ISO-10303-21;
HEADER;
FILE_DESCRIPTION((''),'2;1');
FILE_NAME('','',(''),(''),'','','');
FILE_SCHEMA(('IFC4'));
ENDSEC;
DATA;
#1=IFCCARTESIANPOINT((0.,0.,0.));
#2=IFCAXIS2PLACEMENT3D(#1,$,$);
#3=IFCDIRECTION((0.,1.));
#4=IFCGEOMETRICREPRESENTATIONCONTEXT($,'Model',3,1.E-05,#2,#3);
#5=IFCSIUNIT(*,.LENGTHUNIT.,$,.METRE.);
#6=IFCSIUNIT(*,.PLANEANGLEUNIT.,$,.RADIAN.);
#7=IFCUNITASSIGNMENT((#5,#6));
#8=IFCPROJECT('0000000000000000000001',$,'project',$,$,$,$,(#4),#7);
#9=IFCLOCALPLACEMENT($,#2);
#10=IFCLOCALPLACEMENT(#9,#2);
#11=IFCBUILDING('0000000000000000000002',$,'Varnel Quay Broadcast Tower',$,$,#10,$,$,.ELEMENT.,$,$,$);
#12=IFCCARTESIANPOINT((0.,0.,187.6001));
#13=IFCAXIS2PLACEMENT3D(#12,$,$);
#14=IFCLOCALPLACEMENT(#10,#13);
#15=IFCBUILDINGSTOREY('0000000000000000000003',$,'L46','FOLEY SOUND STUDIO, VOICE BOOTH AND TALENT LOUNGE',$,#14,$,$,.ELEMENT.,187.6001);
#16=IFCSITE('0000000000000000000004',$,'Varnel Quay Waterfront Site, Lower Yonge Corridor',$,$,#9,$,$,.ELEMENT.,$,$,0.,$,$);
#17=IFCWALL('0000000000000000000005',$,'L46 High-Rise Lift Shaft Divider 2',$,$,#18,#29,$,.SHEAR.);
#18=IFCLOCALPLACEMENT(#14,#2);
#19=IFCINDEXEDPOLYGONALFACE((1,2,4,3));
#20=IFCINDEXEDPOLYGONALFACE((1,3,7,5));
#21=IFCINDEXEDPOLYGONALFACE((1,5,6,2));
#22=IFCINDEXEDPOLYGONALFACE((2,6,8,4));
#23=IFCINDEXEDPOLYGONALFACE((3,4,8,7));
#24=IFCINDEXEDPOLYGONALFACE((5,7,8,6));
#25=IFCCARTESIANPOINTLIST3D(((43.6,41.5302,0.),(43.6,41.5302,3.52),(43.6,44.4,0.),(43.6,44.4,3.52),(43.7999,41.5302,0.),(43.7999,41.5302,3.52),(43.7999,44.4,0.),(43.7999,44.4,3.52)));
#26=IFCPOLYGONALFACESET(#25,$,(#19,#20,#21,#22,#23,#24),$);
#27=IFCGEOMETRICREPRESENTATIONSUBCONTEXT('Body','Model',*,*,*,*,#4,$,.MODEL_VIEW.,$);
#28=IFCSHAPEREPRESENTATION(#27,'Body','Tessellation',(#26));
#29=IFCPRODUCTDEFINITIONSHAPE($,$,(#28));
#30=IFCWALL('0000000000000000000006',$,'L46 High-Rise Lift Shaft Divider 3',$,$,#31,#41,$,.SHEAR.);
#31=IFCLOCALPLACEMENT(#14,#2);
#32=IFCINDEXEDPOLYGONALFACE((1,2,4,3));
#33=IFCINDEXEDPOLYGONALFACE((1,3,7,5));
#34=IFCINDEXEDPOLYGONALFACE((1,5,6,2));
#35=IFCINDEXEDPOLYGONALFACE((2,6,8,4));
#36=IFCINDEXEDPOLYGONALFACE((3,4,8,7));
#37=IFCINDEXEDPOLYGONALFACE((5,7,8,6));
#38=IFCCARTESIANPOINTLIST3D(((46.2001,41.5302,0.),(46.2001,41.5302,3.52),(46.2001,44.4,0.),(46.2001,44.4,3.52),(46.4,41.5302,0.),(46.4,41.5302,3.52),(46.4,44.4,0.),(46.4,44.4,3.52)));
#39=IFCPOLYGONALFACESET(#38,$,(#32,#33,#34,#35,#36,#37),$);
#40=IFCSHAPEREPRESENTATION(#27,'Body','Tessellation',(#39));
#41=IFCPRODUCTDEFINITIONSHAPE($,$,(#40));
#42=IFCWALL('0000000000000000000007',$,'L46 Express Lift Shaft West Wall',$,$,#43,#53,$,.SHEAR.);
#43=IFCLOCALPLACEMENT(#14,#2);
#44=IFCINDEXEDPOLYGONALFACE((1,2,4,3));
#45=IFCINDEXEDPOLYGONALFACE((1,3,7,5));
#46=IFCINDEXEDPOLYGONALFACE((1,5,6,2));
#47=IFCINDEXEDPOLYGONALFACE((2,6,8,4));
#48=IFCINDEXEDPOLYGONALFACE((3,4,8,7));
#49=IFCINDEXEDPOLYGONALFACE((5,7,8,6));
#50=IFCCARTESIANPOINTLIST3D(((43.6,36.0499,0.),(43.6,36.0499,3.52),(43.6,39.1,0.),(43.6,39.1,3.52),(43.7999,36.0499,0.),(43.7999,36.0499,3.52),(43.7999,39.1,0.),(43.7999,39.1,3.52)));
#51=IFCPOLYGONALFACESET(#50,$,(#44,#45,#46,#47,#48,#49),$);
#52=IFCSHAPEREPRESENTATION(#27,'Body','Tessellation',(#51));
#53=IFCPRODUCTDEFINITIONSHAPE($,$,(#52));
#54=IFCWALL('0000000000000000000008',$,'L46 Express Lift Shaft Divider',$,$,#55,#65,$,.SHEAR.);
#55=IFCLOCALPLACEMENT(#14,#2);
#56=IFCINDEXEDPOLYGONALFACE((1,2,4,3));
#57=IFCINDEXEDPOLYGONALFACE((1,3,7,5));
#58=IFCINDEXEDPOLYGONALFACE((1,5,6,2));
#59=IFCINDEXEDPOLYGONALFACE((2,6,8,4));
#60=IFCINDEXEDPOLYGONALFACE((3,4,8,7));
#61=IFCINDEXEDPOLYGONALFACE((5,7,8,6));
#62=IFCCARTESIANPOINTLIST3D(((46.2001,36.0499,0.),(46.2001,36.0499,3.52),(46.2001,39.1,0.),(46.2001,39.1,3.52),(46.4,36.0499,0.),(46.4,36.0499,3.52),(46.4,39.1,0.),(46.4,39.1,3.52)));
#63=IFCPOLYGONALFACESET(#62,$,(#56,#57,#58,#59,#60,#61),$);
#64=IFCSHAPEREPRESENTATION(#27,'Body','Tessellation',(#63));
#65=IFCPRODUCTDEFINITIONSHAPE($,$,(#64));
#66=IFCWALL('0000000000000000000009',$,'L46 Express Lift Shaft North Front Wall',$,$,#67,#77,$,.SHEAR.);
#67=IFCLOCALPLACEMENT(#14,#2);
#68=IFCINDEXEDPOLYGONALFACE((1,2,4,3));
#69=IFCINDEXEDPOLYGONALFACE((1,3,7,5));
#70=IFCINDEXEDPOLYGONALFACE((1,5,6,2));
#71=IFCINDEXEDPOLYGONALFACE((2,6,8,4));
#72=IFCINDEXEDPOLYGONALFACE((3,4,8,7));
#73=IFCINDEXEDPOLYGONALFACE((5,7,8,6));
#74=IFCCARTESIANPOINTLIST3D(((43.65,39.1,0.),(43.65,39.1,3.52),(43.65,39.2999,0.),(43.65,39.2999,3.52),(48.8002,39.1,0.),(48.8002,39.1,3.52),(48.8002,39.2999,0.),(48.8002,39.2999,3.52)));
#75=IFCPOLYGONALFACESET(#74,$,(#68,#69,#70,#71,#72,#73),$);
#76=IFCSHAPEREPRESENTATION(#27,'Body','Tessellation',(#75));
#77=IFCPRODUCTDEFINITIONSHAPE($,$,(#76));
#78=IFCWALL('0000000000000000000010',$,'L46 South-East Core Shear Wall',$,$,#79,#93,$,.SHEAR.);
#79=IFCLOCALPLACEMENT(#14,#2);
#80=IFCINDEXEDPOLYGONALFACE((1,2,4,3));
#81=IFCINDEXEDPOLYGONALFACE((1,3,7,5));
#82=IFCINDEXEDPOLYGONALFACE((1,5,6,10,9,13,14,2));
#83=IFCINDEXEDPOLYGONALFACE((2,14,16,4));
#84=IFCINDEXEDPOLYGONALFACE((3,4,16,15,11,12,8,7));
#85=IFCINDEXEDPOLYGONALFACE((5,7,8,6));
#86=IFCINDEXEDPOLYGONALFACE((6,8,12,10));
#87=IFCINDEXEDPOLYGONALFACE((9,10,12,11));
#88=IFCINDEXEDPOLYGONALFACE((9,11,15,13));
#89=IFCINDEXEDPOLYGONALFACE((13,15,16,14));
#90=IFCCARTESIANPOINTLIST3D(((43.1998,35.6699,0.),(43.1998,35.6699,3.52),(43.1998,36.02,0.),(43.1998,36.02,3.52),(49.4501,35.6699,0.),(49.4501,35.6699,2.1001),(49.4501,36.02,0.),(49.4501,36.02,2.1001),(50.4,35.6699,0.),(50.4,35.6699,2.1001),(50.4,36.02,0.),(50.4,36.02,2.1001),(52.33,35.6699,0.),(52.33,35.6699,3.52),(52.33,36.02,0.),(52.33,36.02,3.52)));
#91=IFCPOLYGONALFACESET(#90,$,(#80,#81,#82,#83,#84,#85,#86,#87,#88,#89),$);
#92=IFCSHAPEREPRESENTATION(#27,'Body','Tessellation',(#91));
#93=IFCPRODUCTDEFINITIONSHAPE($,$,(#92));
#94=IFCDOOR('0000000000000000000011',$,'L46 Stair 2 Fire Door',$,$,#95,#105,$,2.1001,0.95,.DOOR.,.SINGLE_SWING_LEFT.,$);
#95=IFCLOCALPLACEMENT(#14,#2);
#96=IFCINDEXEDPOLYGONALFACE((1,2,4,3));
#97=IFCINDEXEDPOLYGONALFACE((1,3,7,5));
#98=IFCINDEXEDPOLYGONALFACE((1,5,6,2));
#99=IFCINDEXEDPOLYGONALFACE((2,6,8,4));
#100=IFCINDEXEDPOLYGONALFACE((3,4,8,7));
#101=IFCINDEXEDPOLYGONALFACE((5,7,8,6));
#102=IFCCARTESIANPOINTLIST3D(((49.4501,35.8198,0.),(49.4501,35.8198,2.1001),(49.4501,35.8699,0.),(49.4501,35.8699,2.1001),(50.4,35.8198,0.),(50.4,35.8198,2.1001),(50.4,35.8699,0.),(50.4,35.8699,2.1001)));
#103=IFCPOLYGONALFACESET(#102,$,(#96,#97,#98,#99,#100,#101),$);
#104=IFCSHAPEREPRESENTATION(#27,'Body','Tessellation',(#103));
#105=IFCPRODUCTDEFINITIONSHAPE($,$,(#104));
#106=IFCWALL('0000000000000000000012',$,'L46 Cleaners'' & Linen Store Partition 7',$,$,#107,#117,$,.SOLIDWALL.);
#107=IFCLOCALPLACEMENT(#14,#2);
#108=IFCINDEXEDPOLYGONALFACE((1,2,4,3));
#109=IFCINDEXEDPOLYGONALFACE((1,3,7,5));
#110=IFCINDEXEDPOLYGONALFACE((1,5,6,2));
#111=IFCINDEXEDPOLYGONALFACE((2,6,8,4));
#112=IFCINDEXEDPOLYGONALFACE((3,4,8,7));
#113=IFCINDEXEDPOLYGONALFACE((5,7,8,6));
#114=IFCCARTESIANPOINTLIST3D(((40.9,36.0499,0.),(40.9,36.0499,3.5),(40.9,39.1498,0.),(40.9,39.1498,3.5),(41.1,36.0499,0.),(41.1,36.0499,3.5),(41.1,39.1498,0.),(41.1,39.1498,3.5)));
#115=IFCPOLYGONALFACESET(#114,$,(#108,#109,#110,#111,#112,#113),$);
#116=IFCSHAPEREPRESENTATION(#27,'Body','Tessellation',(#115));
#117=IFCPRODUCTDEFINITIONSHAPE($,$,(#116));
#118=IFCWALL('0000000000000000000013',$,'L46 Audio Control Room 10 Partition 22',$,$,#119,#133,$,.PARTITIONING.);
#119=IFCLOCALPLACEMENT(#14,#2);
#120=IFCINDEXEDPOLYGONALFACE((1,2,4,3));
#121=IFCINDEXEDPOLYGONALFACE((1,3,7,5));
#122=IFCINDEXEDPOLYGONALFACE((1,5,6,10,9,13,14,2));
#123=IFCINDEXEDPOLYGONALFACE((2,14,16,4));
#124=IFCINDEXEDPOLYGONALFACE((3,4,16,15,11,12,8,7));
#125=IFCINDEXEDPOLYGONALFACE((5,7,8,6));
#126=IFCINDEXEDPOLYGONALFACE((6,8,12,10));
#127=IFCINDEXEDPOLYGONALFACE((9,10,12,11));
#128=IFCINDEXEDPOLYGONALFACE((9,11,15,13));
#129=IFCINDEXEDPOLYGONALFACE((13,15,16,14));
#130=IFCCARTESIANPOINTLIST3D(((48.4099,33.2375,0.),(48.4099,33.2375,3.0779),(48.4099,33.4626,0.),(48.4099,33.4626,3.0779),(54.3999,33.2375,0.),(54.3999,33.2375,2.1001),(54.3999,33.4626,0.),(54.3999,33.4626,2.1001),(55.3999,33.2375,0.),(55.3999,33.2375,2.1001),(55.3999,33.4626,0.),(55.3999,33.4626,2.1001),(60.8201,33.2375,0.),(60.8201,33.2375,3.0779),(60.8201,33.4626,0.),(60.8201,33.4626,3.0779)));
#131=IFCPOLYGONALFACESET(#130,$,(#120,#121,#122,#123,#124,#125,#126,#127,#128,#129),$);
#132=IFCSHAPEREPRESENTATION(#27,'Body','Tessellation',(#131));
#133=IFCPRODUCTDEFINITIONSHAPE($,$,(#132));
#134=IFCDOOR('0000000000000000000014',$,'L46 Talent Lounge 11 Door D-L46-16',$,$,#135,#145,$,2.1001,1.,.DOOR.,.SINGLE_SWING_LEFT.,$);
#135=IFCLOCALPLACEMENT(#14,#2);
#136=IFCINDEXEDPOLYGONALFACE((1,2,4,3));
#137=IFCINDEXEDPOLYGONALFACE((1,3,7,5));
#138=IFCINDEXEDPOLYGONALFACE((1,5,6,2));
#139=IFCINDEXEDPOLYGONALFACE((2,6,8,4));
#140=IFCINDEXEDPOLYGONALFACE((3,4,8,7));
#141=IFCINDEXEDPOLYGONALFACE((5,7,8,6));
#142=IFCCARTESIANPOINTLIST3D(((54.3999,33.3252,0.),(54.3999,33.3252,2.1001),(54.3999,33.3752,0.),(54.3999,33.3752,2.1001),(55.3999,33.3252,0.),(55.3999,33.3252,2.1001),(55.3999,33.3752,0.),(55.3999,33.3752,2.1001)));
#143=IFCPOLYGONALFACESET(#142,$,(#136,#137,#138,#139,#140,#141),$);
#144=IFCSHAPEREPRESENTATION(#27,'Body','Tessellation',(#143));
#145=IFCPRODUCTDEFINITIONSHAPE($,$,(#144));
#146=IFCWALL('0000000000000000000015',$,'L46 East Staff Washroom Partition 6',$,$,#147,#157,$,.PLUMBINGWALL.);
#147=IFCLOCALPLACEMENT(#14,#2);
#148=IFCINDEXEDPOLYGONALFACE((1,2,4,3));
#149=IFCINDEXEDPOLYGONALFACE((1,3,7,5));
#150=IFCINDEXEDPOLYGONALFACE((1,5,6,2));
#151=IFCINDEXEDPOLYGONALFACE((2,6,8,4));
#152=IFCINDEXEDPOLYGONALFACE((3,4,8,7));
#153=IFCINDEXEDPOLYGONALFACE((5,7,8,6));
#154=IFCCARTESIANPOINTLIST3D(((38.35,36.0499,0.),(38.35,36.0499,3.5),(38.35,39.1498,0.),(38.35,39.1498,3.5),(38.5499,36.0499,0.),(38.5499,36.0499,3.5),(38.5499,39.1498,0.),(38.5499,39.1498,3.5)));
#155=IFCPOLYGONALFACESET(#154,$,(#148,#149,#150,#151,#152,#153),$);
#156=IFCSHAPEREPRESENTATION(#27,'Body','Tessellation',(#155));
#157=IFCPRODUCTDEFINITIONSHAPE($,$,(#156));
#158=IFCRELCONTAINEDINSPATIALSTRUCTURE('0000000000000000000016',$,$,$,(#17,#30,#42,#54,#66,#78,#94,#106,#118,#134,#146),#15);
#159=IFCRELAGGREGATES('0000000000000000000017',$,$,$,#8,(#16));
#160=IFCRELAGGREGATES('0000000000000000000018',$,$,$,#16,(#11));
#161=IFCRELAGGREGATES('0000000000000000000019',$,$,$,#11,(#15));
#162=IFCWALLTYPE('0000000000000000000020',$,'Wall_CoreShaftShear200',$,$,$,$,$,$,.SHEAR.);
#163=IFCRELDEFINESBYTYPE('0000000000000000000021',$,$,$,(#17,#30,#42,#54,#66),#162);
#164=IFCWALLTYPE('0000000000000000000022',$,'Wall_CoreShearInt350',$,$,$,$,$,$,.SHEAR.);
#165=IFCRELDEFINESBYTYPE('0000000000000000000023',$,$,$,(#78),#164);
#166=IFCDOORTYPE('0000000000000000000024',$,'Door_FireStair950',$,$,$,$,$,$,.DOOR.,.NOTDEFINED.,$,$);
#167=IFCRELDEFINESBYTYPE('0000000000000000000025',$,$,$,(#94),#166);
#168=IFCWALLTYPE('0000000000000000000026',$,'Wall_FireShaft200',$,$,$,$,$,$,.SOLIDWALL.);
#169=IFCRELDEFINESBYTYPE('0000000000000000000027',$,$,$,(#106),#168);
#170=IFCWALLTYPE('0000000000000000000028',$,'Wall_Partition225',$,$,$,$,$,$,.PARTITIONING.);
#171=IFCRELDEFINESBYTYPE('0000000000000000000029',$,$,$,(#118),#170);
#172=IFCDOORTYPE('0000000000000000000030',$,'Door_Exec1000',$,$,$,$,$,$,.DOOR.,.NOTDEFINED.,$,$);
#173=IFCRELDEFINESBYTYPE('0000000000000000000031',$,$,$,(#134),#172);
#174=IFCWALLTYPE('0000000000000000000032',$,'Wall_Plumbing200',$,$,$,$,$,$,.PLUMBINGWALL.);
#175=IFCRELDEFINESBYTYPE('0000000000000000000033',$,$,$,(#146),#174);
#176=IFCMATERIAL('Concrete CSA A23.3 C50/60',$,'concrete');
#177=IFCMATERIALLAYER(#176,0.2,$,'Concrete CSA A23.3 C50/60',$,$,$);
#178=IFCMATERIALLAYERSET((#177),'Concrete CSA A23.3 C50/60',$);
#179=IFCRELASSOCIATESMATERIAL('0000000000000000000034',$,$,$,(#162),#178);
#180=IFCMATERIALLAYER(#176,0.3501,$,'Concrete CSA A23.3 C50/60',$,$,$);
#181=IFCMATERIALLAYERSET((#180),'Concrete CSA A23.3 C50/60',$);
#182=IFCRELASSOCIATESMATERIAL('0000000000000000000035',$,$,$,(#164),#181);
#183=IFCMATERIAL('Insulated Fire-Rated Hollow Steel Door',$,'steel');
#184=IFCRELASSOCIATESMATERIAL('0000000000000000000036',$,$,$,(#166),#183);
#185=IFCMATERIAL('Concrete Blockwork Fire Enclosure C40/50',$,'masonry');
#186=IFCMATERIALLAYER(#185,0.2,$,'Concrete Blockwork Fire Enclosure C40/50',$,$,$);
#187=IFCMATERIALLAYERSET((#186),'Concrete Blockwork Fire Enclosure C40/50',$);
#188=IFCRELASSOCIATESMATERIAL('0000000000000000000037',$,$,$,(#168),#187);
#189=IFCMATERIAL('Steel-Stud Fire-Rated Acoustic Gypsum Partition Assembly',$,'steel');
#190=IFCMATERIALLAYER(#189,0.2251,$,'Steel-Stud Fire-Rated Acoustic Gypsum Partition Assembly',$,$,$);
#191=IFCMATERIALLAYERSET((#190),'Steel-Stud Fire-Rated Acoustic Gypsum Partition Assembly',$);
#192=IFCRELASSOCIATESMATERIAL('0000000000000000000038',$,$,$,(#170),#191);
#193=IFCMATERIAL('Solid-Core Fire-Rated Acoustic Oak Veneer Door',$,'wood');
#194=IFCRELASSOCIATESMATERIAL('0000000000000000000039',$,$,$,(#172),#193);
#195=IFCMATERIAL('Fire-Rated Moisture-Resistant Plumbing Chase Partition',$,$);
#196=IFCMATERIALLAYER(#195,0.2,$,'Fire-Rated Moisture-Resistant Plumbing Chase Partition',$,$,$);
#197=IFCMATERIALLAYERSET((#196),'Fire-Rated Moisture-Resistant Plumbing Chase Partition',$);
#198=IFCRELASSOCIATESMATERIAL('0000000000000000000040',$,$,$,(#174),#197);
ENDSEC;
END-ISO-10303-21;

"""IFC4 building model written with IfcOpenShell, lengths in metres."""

from ifc_helpers import new_model, si_unit, direction, frame, frame_2d, origin, place, context, subcontext, project, spatial, rectangle, extrude, source, transform, mapped, material, layer, layer_set, type_object, type_shapes, element, fill, save


model = new_model("IFC4")

# Units and contexts
model_context = context("Model", 3, precision=1e-05, world=origin(), true_north=direction((0.0, 1.0)))
body_context = subcontext(model_context, "Body", "Model", "MODEL_VIEW")
ifc_project = project(units=[si_unit("LENGTHUNIT", "METRE"), si_unit("PLANEANGLEUNIT", "RADIAN")], contexts=[model_context])

# Site, building, storey
site_placement = place(None, origin())
site = spatial("IfcSite", under=ifc_project, at=site_placement, Name="Varnel Quay Waterfront Site, Lower Yonge Corridor", CompositionType="ELEMENT", RefElevation=0.0)
building_placement = place(site_placement, origin())
building = spatial("IfcBuilding", under=site, at=building_placement, Name="Varnel Quay Broadcast Tower", CompositionType="ELEMENT")
storey_placement = place(building_placement, frame((0.0, 0.0, 187.6001)))
storey = spatial("IfcBuildingStorey", under=building, at=storey_placement, Name="L46", Description="FOLEY SOUND STUDIO, VOICE BOOTH AND TALENT LOUNGE", CompositionType="ELEMENT", Elevation=187.6001)

# Walls
ifc_material_1 = material(Name="Concrete CSA A23.3 C50/60", Category="concrete")
ifc_layer_1 = layer(ifc_material_1, 0.2, Name="Concrete CSA A23.3 C50/60")
ifc_layer_set_1 = layer_set([ifc_layer_1], Name="Concrete CSA A23.3 C50/60")
wall_type_1 = type_object("IfcWallType", Name="Wall_CoreShaftShear200", PredefinedType="SHEAR", material=ifc_layer_set_1)
for number, where, z_axis, x_axis, name in (
    (1, (43.7, 41.53, 0.0), (0.0, 0.0, 1.0), (0.0, 1.0, 0.0), "L46 High-Rise Lift Shaft Divider 2"),
    (2, (46.3, 41.53, 0.0), (0.0, 0.0, 1.0), (0.0, 1.0, 0.0), "L46 High-Rise Lift Shaft Divider 3"),
):
    element("IfcWall", number, at=place(storey_placement, frame(where, z_axis=z_axis, x_axis=x_axis)), inside=storey, type_object=wall_type_1, Name=name, PredefinedType="SHEAR", context=body_context, shape_type="SweptSolid", body=[
        extrude(rectangle(XDim=2.8699, YDim=0.2, at=frame_2d((1.4351, 0.0))), origin(), (0.0, 0.0, 1.0), 3.52),
    ])
for number, where, z_axis, x_axis, name in (
    (3, (43.7, 36.05, 0.0), (0.0, 0.0, 1.0), (0.0, 1.0, 0.0), "L46 Express Lift Shaft West Wall"),
    (4, (46.3, 36.05, 0.0), (0.0, 0.0, 1.0), (0.0, 1.0, 0.0), "L46 Express Lift Shaft Divider"),
):
    element("IfcWall", number, at=place(storey_placement, frame(where, z_axis=z_axis, x_axis=x_axis)), inside=storey, type_object=wall_type_1, Name=name, PredefinedType="SHEAR", context=body_context, shape_type="SweptSolid", body=[
        extrude(rectangle(XDim=3.05, YDim=0.2, at=frame_2d((1.5249, 0.0))), origin(), (0.0, 0.0, 1.0), 3.52),
    ])
wall_1_placement = place(storey_placement, frame((43.6499, 39.2, 0.0), z_axis=(0.0, 0.0, 1.0), x_axis=(1.0, 0.0, 0.0)))
element("IfcWall", 5, at=wall_1_placement, inside=storey, type_object=wall_type_1, Name="L46 Express Lift Shaft North Front Wall", PredefinedType="SHEAR", context=body_context, shape_type="SweptSolid", body=[
    extrude(rectangle(XDim=5.1501, YDim=0.2, at=frame_2d((2.5752, 0.0))), origin(), (0.0, 0.0, 1.0), 3.52),
])

# Wall, opening, door
ifc_layer_2 = layer(ifc_material_1, 0.3501, Name="Concrete CSA A23.3 C50/60")
ifc_layer_set_2 = layer_set([ifc_layer_2], Name="Concrete CSA A23.3 C50/60")
wall_type_2 = type_object("IfcWallType", Name="Wall_CoreShearInt350", PredefinedType="SHEAR", material=ifc_layer_set_2)
wall_2_placement = place(storey_placement, frame((43.2, 35.845, 0.0), z_axis=(0.0, 0.0, 1.0), x_axis=(1.0, 0.0, 0.0)))
wall_2 = element("IfcWall", 6, at=wall_2_placement, inside=storey, type_object=wall_type_2, Name="L46 South-East Core Shear Wall", PredefinedType="SHEAR", context=body_context, shape_type="SweptSolid", body=[
    extrude(rectangle(XDim=9.1301, YDim=0.3501, at=frame_2d((4.5649, 0.0))), origin(), (0.0, 0.0, 1.0), 3.52),
])
opening_1_placement = place(wall_2_placement, frame((6.25, 0.0, 0.0)))
opening_1 = element("IfcOpeningElement", 7, at=opening_1_placement, cuts=wall_2, PredefinedType="OPENING", context=body_context, shape_type="SweptSolid", body=[
    extrude(rectangle(XDim=0.95, YDim=2.1001, at=frame_2d((0.4751, 1.05))), frame((0.0, 0.1851, 0.0), z_axis=(0.0, -1.0, 0.0), x_axis=(1.0, 0.0, 0.0)), (0.0, 0.0, 1.0), 0.3701),
])
ifc_material_2 = material(Name="Insulated Fire-Rated Hollow Steel Door", Category="steel")
door_type_1 = type_object("IfcDoorType", Name="Door_FireStair950", OperationType="NOTDEFINED", PredefinedType="DOOR", material=ifc_material_2)
shared_shape_1 = source(origin(), body_context, "Body", "SweptSolid", [
    extrude(rectangle(XDim=0.95, YDim=2.1001, at=frame_2d((0.4751, 1.05))), frame((0.0, 0.0249, 0.0), z_axis=(0.0, -1.0, 0.0), x_axis=(1.0, 0.0, 0.0)), (0.0, 0.0, 1.0), 0.05),
])
type_shapes(door_type_1, [shared_shape_1])
door_1_placement = place(opening_1_placement, origin())
door_1 = element("IfcDoor", 8, at=door_1_placement, inside=storey, type_object=door_type_1, Name="L46 Stair 2 Fire Door", OperationType="SINGLE_SWING_LEFT", OverallHeight=2.1001, OverallWidth=0.95, PredefinedType="DOOR", context=body_context, shape_type="MappedRepresentation", body=[
    mapped(shared_shape_1, transform((0.0, 0.0, 0.0), x_axis=(1.0, 0.0, 0.0), y_axis=(0.0, 1.0, 0.0), z_axis=(0.0, 0.0, 1.0), scale=1.0)),
])
fill(opening_1, door_1)

# Wall
ifc_material_3 = material(Name="Concrete Blockwork Fire Enclosure C40/50", Category="masonry")
ifc_layer_3 = layer(ifc_material_3, 0.2, Name="Concrete Blockwork Fire Enclosure C40/50")
ifc_layer_set_3 = layer_set([ifc_layer_3], Name="Concrete Blockwork Fire Enclosure C40/50")
wall_type_3 = type_object("IfcWallType", Name="Wall_FireShaft200", PredefinedType="SOLIDWALL", material=ifc_layer_set_3)
wall_3_placement = place(storey_placement, frame((41.0, 36.05, 0.0), z_axis=(0.0, 0.0, 1.0), x_axis=(0.0, 1.0, 0.0)))
element("IfcWall", 9, at=wall_3_placement, inside=storey, type_object=wall_type_3, Name="L46 Cleaners' & Linen Store Partition 7", PredefinedType="SOLIDWALL", context=body_context, shape_type="SweptSolid", body=[
    extrude(rectangle(XDim=3.0999, YDim=0.2, at=frame_2d((1.5498, 0.0))), origin(), (0.0, 0.0, 1.0), 3.5),
])

# Wall, opening, door
ifc_material_4 = material(Name="Steel-Stud Fire-Rated Acoustic Gypsum Partition Assembly", Category="steel")
ifc_layer_4 = layer(ifc_material_4, 0.2251, Name="Steel-Stud Fire-Rated Acoustic Gypsum Partition Assembly")
ifc_layer_set_4 = layer_set([ifc_layer_4], Name="Steel-Stud Fire-Rated Acoustic Gypsum Partition Assembly")
wall_type_4 = type_object("IfcWallType", Name="Wall_Partition225", PredefinedType="PARTITIONING", material=ifc_layer_set_4)
wall_4_placement = place(storey_placement, frame((48.4099, 33.3501, 0.0), z_axis=(0.0, 0.0, 1.0), x_axis=(1.0, 0.0, 0.0)))
wall_4 = element("IfcWall", 10, at=wall_4_placement, inside=storey, type_object=wall_type_4, Name="L46 Audio Control Room 10 Partition 22", PredefinedType="PARTITIONING", context=body_context, shape_type="SweptSolid", body=[
    extrude(rectangle(XDim=12.4102, YDim=0.2251, at=frame_2d((6.2051, 0.0))), origin(), (0.0, 0.0, 1.0), 3.0779),
])
opening_2_placement = place(wall_4_placement, frame((5.99, 0.0, 0.0)))
opening_2 = element("IfcOpeningElement", 11, at=opening_2_placement, cuts=wall_4, PredefinedType="OPENING", context=body_context, shape_type="SweptSolid", body=[
    extrude(rectangle(XDim=1.0, YDim=2.1001, at=frame_2d((0.5, 1.05))), frame((0.0, 0.1226, 0.0), z_axis=(0.0, -1.0, 0.0), x_axis=(1.0, 0.0, 0.0)), (0.0, 0.0, 1.0), 0.2451),
])
ifc_material_5 = material(Name="Solid-Core Fire-Rated Acoustic Oak Veneer Door", Category="wood")
door_type_2 = type_object("IfcDoorType", Name="Door_Exec1000", OperationType="NOTDEFINED", PredefinedType="DOOR", material=ifc_material_5)
shared_shape_2 = source(origin(), body_context, "Body", "SweptSolid", [
    extrude(rectangle(XDim=1.0, YDim=2.1001, at=frame_2d((0.5, 1.05))), frame((0.0, 0.0249, 0.0), z_axis=(0.0, -1.0, 0.0), x_axis=(1.0, 0.0, 0.0)), (0.0, 0.0, 1.0), 0.05),
])
type_shapes(door_type_2, [shared_shape_2])
door_2_placement = place(opening_2_placement, frame((1.0, 0.0, 0.0), z_axis=(0.0, 0.0, 1.0), x_axis=(-1.0, 0.0, 0.0)))
door_2 = element("IfcDoor", 12, at=door_2_placement, inside=storey, type_object=door_type_2, Name="L46 Talent Lounge 11 Door D-L46-16", OperationType="SINGLE_SWING_LEFT", OverallHeight=2.1001, OverallWidth=1.0, PredefinedType="DOOR", context=body_context, shape_type="MappedRepresentation", body=[
    mapped(shared_shape_2, transform((0.0, 0.0, 0.0), x_axis=(1.0, 0.0, 0.0), y_axis=(0.0, 1.0, 0.0), z_axis=(0.0, 0.0, 1.0), scale=1.0)),
])
fill(opening_2, door_2)

# Wall
ifc_material_6 = material(Name="Fire-Rated Moisture-Resistant Plumbing Chase Partition")
ifc_layer_5 = layer(ifc_material_6, 0.2, Name="Fire-Rated Moisture-Resistant Plumbing Chase Partition")
ifc_layer_set_5 = layer_set([ifc_layer_5], Name="Fire-Rated Moisture-Resistant Plumbing Chase Partition")
wall_type_5 = type_object("IfcWallType", Name="Wall_Plumbing200", PredefinedType="PLUMBINGWALL", material=ifc_layer_set_5)
wall_5_placement = place(storey_placement, frame((38.45, 36.05, 0.0), z_axis=(0.0, 0.0, 1.0), x_axis=(0.0, 1.0, 0.0)))
element("IfcWall", 13, at=wall_5_placement, inside=storey, type_object=wall_type_5, Name="L46 East Staff Washroom Partition 6", PredefinedType="PLUMBINGWALL", context=body_context, shape_type="SweptSolid", body=[
    extrude(rectangle(XDim=3.0999, YDim=0.2, at=frame_2d((1.5498, 0.0))), origin(), (0.0, 0.0, 1.0), 3.5),
])

save(model, "model.ifc")
